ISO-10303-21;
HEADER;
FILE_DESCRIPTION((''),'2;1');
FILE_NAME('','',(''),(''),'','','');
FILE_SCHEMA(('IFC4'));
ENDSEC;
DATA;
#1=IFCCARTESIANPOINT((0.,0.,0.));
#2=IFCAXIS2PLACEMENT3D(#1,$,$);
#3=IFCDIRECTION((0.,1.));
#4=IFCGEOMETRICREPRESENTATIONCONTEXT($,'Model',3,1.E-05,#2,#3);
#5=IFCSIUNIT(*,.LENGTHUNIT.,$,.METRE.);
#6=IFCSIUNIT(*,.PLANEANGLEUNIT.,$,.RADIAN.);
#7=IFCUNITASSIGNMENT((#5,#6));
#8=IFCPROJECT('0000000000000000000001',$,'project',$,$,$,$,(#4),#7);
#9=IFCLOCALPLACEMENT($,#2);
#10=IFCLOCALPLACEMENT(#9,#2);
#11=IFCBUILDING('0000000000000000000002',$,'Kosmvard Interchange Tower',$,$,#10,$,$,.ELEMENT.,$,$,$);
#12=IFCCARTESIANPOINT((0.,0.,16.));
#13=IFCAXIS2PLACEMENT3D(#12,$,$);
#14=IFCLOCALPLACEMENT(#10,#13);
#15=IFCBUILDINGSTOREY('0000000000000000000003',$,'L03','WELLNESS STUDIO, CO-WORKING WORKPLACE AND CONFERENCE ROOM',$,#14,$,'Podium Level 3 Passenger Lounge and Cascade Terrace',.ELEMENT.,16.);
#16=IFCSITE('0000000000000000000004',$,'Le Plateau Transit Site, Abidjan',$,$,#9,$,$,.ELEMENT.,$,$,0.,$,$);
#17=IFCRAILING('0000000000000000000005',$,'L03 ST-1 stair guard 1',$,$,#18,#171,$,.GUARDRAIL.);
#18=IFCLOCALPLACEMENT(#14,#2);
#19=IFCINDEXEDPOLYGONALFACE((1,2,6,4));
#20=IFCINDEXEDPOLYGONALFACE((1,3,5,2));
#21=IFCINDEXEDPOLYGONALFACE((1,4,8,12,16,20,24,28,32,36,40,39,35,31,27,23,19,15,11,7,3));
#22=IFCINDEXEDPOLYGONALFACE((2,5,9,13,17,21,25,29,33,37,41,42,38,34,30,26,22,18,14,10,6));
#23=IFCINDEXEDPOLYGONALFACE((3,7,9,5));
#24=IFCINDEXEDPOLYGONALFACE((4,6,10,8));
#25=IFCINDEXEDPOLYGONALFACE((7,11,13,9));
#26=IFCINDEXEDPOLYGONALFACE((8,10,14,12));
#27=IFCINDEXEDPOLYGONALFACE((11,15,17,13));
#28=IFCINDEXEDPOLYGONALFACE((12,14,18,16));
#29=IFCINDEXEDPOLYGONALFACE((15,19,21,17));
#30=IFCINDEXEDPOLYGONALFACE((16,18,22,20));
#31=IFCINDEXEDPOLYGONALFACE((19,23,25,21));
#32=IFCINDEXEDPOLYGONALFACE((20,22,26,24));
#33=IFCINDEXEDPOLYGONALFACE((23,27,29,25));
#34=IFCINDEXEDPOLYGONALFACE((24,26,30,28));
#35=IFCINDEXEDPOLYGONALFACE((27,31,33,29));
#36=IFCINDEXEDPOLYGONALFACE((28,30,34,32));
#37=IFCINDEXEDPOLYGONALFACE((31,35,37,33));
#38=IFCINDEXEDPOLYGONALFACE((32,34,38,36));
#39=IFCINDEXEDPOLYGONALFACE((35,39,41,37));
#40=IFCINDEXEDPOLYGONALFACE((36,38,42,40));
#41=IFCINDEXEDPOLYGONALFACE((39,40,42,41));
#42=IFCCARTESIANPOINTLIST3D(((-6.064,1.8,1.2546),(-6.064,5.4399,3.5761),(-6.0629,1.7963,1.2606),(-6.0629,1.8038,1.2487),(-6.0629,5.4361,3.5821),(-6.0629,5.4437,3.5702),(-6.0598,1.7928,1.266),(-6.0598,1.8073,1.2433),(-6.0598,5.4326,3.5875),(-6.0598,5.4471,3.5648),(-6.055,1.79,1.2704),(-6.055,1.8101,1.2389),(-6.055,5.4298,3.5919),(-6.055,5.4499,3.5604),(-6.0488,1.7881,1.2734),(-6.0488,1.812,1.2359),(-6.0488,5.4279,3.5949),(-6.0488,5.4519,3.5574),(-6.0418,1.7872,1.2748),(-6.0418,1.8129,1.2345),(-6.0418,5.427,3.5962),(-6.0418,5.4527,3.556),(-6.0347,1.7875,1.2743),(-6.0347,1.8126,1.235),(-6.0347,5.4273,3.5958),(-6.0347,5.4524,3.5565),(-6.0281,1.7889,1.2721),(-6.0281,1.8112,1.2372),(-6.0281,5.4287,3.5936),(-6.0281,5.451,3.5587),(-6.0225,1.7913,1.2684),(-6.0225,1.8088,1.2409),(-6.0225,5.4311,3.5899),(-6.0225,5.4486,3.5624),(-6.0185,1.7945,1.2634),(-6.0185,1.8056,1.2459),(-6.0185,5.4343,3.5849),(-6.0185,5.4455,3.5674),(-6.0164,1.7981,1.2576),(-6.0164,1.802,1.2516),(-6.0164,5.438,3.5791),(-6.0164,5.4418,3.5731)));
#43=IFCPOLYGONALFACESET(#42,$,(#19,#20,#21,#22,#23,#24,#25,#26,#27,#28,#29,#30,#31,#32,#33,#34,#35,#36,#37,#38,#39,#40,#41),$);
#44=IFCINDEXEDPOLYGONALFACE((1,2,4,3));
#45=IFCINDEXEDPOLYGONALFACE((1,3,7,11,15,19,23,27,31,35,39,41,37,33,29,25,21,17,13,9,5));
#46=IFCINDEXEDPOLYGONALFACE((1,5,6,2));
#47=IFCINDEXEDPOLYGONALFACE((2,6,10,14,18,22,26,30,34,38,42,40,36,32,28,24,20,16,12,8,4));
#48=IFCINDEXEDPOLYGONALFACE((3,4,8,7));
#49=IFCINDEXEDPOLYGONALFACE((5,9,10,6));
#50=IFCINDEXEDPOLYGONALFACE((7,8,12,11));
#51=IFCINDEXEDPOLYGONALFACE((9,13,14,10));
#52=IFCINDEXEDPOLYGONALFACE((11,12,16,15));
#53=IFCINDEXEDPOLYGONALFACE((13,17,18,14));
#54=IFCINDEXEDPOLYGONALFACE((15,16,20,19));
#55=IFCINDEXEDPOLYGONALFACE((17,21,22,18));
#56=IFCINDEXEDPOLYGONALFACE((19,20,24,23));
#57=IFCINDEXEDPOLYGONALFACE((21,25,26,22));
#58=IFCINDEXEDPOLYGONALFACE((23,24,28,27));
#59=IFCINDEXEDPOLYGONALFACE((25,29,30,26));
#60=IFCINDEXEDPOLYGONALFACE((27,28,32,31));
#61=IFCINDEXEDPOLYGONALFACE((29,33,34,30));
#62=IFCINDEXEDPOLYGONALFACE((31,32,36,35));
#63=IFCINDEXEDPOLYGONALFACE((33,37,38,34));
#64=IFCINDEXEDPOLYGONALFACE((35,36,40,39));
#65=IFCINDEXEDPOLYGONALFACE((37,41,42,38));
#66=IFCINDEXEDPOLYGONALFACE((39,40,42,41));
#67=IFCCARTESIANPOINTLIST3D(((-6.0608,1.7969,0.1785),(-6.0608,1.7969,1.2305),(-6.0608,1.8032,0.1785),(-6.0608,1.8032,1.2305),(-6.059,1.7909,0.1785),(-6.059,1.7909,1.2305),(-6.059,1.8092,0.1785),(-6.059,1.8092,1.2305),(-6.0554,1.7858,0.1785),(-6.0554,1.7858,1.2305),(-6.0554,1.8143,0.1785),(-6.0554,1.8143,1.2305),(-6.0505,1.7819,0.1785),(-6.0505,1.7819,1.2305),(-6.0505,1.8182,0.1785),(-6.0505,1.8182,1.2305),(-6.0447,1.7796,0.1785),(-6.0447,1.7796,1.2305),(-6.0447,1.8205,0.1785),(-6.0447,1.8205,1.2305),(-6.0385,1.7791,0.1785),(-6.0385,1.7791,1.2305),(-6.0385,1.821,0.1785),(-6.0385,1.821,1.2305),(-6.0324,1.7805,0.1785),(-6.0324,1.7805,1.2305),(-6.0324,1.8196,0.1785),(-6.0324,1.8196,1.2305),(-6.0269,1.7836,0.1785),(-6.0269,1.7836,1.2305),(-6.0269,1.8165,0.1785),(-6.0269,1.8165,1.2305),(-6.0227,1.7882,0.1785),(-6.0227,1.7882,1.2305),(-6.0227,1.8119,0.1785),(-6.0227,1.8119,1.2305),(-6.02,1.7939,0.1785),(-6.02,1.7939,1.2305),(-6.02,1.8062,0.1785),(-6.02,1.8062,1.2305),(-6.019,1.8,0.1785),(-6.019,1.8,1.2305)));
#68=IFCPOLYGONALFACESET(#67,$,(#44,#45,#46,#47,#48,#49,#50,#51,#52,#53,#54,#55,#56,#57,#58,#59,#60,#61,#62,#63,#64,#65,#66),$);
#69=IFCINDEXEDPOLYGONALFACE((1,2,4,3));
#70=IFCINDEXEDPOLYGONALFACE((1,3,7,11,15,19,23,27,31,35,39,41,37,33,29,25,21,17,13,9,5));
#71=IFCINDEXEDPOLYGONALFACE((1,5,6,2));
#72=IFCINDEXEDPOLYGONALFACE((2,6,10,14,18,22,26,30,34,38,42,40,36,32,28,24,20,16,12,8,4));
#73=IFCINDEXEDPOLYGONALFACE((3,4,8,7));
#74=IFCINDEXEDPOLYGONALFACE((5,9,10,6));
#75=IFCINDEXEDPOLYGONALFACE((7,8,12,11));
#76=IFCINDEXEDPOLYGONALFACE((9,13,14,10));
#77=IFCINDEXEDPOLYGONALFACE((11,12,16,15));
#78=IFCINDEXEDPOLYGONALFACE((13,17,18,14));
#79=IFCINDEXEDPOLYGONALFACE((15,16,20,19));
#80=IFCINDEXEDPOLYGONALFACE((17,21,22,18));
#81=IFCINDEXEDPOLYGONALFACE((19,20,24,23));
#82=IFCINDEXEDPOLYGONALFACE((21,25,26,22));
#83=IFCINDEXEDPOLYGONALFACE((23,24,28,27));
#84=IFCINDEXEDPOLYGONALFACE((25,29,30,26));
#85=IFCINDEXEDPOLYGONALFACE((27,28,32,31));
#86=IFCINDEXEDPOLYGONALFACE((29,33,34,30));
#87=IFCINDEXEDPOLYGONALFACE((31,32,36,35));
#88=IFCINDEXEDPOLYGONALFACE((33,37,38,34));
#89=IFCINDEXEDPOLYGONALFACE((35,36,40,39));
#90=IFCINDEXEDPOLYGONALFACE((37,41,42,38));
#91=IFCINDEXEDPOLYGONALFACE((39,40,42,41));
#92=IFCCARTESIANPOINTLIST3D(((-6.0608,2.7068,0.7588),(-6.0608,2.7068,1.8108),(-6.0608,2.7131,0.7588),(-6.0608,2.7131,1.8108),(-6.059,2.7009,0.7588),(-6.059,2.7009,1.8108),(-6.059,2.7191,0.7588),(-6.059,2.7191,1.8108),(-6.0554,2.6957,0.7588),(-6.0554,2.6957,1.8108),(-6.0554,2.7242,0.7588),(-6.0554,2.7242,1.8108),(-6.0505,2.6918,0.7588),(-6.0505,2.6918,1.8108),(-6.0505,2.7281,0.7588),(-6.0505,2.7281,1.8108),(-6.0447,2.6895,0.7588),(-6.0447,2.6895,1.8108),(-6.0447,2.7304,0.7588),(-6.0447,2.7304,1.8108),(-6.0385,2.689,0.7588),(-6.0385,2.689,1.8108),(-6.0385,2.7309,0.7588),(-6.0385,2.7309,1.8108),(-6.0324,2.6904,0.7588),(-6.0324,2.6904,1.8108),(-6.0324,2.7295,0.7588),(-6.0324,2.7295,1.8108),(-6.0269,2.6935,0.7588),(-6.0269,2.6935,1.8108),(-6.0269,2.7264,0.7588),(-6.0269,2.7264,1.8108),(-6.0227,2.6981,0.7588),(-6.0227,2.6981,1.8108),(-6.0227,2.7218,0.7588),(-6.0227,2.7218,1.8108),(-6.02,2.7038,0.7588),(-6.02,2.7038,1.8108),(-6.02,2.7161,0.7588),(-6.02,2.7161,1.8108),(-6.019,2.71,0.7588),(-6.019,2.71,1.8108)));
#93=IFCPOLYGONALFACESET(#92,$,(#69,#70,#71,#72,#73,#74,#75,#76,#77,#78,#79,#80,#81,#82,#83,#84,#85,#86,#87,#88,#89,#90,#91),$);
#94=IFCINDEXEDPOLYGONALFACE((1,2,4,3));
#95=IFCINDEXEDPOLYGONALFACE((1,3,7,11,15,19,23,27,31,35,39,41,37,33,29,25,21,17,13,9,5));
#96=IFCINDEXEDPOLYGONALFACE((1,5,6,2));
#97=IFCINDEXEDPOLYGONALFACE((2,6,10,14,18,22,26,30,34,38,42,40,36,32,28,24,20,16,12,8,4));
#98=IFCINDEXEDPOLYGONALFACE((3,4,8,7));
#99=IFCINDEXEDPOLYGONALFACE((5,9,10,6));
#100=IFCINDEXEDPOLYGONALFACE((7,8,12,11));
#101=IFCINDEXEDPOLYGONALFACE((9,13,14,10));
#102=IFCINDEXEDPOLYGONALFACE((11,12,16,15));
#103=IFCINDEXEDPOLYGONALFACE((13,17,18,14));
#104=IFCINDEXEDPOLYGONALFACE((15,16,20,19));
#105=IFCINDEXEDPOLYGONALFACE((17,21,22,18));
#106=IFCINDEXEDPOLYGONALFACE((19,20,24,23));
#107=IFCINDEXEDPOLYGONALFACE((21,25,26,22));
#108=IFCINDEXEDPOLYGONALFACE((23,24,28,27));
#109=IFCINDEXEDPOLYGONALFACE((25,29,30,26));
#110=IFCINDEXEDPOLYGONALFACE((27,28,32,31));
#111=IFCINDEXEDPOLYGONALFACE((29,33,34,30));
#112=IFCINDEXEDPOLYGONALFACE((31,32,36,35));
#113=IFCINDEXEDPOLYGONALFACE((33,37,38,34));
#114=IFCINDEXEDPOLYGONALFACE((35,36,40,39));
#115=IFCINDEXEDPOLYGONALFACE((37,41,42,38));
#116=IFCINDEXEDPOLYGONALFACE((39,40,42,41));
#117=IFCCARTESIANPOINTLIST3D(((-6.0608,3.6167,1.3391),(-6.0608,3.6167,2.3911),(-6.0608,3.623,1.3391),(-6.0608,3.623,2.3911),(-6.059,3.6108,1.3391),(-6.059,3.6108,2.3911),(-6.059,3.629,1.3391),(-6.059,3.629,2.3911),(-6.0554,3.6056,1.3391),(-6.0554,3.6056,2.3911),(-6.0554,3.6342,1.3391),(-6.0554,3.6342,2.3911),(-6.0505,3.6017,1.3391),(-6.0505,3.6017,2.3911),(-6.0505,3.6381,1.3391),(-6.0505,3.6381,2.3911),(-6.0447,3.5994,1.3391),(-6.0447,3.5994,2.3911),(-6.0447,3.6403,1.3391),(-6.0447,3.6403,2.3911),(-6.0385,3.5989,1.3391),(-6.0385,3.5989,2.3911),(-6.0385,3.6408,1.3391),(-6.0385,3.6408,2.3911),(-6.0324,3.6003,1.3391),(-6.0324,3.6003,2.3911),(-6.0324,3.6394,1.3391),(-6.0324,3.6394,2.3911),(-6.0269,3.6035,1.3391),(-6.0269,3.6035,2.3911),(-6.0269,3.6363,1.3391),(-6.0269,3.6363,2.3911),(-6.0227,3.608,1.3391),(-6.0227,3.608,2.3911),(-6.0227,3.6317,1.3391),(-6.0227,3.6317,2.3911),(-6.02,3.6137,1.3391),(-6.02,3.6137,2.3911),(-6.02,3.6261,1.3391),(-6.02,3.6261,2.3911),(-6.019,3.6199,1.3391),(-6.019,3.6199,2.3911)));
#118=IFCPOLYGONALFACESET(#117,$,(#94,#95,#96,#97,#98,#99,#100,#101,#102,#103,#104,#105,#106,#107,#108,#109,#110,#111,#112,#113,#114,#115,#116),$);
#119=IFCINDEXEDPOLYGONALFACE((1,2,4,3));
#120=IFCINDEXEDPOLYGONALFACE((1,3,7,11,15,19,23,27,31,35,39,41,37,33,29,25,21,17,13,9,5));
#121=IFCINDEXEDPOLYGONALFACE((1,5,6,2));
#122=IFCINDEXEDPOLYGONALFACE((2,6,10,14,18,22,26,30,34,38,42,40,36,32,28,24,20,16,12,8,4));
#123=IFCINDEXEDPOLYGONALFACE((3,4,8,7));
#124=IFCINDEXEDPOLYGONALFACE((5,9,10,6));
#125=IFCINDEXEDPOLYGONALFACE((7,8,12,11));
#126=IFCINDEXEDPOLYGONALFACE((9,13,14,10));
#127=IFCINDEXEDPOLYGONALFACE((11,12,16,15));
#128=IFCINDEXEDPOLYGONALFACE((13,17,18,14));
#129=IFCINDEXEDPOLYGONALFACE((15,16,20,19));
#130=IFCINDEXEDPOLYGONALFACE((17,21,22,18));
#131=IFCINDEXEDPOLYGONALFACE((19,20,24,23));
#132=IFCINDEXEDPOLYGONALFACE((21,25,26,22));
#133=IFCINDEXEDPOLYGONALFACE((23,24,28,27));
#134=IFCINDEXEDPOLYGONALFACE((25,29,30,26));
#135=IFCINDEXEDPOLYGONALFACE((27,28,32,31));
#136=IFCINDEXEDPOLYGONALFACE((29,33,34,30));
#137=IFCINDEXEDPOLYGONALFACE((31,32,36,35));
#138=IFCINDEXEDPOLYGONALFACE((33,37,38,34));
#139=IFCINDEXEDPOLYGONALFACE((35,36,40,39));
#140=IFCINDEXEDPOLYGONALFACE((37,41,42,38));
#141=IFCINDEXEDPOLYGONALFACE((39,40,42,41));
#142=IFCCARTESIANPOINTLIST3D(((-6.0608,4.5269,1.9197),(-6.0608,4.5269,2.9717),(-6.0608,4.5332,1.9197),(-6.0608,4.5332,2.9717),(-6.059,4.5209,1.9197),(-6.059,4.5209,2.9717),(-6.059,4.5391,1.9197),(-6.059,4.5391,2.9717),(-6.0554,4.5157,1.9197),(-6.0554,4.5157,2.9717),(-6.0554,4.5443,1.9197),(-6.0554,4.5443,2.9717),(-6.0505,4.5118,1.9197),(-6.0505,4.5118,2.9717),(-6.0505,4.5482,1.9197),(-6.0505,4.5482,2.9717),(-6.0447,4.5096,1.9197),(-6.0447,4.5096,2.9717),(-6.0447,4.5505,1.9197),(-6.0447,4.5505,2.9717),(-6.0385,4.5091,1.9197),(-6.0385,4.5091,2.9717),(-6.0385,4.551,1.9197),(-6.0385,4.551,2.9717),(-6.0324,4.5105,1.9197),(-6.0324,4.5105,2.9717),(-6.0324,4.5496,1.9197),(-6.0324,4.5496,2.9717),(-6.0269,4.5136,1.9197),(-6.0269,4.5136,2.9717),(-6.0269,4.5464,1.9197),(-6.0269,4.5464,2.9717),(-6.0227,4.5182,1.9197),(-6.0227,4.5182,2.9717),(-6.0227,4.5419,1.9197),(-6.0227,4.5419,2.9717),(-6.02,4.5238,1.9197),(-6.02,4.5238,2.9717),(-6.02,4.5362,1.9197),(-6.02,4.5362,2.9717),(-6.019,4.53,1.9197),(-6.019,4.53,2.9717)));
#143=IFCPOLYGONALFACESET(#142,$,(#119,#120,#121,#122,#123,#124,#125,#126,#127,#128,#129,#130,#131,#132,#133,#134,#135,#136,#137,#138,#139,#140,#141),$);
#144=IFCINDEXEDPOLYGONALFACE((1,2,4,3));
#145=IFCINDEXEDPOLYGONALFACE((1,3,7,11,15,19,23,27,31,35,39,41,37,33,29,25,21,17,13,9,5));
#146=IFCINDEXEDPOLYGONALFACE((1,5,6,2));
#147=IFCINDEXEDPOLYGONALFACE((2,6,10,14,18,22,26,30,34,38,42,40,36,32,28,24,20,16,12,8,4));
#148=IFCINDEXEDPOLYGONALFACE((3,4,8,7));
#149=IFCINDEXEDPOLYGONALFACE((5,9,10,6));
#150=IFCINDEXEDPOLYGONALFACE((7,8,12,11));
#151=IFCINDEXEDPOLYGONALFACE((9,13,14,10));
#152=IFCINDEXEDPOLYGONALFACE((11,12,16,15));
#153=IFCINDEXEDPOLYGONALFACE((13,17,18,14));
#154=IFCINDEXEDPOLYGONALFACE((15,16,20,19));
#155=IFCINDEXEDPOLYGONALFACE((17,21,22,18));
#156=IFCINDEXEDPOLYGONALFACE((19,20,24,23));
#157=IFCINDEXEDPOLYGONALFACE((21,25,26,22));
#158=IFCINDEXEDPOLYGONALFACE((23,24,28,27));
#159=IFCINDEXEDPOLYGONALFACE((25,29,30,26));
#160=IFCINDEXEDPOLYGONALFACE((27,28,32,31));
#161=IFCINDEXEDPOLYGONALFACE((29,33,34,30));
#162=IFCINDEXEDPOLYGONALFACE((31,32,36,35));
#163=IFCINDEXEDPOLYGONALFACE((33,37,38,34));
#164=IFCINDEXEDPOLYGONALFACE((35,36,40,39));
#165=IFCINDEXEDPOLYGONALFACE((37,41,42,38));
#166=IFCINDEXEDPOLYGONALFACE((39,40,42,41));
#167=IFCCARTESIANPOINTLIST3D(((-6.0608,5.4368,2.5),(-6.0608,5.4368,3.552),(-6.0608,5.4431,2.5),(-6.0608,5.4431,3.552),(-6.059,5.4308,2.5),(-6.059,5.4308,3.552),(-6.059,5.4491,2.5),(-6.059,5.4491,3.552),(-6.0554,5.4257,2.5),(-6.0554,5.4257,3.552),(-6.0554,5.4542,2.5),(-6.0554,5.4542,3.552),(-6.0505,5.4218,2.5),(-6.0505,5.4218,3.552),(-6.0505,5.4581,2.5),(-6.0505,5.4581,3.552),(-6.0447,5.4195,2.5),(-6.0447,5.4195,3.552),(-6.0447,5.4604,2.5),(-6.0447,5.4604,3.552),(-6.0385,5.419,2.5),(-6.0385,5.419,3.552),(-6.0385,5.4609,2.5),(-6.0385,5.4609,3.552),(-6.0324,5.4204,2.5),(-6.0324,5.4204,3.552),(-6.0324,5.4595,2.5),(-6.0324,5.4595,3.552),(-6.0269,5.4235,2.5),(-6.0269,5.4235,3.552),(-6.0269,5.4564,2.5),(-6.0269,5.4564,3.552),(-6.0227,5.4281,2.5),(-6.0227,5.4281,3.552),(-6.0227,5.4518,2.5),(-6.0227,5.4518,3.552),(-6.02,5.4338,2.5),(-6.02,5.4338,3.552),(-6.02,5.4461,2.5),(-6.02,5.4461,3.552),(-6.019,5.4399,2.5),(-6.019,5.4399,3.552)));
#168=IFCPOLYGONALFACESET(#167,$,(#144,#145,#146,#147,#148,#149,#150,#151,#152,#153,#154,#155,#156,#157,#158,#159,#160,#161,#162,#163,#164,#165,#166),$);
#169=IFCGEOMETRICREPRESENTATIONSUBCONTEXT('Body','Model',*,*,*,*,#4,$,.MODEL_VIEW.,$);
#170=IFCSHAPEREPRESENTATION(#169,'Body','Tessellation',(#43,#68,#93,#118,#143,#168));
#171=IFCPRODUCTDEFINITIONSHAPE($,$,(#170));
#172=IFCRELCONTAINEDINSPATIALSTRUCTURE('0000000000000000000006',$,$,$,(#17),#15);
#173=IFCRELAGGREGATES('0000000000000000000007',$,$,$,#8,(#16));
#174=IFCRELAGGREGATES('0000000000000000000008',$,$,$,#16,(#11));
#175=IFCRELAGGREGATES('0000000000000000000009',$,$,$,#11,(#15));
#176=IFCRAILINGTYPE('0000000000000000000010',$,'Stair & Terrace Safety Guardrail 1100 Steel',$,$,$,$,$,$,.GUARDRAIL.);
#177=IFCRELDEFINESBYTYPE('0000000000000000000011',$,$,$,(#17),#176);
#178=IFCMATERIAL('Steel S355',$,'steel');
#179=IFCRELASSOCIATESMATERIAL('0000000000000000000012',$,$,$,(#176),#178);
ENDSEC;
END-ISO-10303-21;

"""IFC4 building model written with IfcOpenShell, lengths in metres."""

from ifc_helpers import new_model, si_unit, direction, frame, origin, origin_2d, place, context, subcontext, project, spatial, circle, extrude, source, transform, mapped, material, type_object, element, save


model = new_model("IFC4")

# Units and contexts
model_context = context("Model", 3, precision=1e-05, world=origin(), true_north=direction((0.0, 1.0)))
body_context = subcontext(model_context, "Body", "Model", "MODEL_VIEW")
ifc_project = project(units=[si_unit("LENGTHUNIT", "METRE"), si_unit("PLANEANGLEUNIT", "RADIAN")], contexts=[model_context])

# Site, building, storey
site_placement = place(None, origin())
site = spatial("IfcSite", under=ifc_project, at=site_placement, Name="Le Plateau Transit Site, Abidjan", CompositionType="ELEMENT", RefElevation=0.0)
building_placement = place(site_placement, origin())
building = spatial("IfcBuilding", under=site, at=building_placement, Name="Kosmvard Interchange Tower", CompositionType="ELEMENT")
storey_placement = place(building_placement, frame((0.0, 0.0, 16.0)))
storey = spatial("IfcBuildingStorey", under=building, at=storey_placement, Name="L03", Description="WELLNESS STUDIO, CO-WORKING WORKPLACE AND CONFERENCE ROOM", LongName="Podium Level 3 Passenger Lounge and Cascade Terrace", CompositionType="ELEMENT", Elevation=16.0)

# Railing
ifc_material_1 = material(Name="Steel S355", Category="steel")
railing_type_1 = type_object("IfcRailingType", Name="Stair & Terrace Safety Guardrail 1100 Steel", PredefinedType="GUARDRAIL", material=ifc_material_1)
shared_shape_1 = source(origin(), body_context, "Body", "SweptSolid", [
    extrude(circle(Radius=0.0239, at=origin_2d()), frame((0.0, 0.0, 1.0762), z_axis=(0.0, 0.843112, 0.537739), x_axis=(-1.0, 0.0, 0.0)), (0.0, 0.0, 1.0), 4.3171),
    extrude(circle(Radius=0.021, at=origin_2d()), origin(), (0.0, 0.0, 1.0), 1.052),
    extrude(circle(Radius=0.021, at=origin_2d()), frame((0.0, 0.9099, 0.5803)), (0.0, 0.0, 1.0), 1.052),
    extrude(circle(Radius=0.021, at=origin_2d()), frame((0.0, 1.8198, 1.1606)), (0.0, 0.0, 1.0), 1.052),
    extrude(circle(Radius=0.021, at=origin_2d()), frame((0.0, 2.73, 1.7412)), (0.0, 0.0, 1.0), 1.052),
    extrude(circle(Radius=0.021, at=origin_2d()), frame((0.0, 3.6399, 2.3215)), (0.0, 0.0, 1.0), 1.052),
])
railing_1_placement = place(storey_placement, frame((-6.04, 1.8, 0.1785)))
element("IfcRailing", 1, at=railing_1_placement, inside=storey, type_object=railing_type_1, Name="L03 ST-1 stair guard 1", PredefinedType="GUARDRAIL", context=body_context, shape_type="MappedRepresentation", body=[
    mapped(shared_shape_1, transform((0.0, 0.0, 0.0), scale=1.0)),
])

save(model, "model.ifc")
